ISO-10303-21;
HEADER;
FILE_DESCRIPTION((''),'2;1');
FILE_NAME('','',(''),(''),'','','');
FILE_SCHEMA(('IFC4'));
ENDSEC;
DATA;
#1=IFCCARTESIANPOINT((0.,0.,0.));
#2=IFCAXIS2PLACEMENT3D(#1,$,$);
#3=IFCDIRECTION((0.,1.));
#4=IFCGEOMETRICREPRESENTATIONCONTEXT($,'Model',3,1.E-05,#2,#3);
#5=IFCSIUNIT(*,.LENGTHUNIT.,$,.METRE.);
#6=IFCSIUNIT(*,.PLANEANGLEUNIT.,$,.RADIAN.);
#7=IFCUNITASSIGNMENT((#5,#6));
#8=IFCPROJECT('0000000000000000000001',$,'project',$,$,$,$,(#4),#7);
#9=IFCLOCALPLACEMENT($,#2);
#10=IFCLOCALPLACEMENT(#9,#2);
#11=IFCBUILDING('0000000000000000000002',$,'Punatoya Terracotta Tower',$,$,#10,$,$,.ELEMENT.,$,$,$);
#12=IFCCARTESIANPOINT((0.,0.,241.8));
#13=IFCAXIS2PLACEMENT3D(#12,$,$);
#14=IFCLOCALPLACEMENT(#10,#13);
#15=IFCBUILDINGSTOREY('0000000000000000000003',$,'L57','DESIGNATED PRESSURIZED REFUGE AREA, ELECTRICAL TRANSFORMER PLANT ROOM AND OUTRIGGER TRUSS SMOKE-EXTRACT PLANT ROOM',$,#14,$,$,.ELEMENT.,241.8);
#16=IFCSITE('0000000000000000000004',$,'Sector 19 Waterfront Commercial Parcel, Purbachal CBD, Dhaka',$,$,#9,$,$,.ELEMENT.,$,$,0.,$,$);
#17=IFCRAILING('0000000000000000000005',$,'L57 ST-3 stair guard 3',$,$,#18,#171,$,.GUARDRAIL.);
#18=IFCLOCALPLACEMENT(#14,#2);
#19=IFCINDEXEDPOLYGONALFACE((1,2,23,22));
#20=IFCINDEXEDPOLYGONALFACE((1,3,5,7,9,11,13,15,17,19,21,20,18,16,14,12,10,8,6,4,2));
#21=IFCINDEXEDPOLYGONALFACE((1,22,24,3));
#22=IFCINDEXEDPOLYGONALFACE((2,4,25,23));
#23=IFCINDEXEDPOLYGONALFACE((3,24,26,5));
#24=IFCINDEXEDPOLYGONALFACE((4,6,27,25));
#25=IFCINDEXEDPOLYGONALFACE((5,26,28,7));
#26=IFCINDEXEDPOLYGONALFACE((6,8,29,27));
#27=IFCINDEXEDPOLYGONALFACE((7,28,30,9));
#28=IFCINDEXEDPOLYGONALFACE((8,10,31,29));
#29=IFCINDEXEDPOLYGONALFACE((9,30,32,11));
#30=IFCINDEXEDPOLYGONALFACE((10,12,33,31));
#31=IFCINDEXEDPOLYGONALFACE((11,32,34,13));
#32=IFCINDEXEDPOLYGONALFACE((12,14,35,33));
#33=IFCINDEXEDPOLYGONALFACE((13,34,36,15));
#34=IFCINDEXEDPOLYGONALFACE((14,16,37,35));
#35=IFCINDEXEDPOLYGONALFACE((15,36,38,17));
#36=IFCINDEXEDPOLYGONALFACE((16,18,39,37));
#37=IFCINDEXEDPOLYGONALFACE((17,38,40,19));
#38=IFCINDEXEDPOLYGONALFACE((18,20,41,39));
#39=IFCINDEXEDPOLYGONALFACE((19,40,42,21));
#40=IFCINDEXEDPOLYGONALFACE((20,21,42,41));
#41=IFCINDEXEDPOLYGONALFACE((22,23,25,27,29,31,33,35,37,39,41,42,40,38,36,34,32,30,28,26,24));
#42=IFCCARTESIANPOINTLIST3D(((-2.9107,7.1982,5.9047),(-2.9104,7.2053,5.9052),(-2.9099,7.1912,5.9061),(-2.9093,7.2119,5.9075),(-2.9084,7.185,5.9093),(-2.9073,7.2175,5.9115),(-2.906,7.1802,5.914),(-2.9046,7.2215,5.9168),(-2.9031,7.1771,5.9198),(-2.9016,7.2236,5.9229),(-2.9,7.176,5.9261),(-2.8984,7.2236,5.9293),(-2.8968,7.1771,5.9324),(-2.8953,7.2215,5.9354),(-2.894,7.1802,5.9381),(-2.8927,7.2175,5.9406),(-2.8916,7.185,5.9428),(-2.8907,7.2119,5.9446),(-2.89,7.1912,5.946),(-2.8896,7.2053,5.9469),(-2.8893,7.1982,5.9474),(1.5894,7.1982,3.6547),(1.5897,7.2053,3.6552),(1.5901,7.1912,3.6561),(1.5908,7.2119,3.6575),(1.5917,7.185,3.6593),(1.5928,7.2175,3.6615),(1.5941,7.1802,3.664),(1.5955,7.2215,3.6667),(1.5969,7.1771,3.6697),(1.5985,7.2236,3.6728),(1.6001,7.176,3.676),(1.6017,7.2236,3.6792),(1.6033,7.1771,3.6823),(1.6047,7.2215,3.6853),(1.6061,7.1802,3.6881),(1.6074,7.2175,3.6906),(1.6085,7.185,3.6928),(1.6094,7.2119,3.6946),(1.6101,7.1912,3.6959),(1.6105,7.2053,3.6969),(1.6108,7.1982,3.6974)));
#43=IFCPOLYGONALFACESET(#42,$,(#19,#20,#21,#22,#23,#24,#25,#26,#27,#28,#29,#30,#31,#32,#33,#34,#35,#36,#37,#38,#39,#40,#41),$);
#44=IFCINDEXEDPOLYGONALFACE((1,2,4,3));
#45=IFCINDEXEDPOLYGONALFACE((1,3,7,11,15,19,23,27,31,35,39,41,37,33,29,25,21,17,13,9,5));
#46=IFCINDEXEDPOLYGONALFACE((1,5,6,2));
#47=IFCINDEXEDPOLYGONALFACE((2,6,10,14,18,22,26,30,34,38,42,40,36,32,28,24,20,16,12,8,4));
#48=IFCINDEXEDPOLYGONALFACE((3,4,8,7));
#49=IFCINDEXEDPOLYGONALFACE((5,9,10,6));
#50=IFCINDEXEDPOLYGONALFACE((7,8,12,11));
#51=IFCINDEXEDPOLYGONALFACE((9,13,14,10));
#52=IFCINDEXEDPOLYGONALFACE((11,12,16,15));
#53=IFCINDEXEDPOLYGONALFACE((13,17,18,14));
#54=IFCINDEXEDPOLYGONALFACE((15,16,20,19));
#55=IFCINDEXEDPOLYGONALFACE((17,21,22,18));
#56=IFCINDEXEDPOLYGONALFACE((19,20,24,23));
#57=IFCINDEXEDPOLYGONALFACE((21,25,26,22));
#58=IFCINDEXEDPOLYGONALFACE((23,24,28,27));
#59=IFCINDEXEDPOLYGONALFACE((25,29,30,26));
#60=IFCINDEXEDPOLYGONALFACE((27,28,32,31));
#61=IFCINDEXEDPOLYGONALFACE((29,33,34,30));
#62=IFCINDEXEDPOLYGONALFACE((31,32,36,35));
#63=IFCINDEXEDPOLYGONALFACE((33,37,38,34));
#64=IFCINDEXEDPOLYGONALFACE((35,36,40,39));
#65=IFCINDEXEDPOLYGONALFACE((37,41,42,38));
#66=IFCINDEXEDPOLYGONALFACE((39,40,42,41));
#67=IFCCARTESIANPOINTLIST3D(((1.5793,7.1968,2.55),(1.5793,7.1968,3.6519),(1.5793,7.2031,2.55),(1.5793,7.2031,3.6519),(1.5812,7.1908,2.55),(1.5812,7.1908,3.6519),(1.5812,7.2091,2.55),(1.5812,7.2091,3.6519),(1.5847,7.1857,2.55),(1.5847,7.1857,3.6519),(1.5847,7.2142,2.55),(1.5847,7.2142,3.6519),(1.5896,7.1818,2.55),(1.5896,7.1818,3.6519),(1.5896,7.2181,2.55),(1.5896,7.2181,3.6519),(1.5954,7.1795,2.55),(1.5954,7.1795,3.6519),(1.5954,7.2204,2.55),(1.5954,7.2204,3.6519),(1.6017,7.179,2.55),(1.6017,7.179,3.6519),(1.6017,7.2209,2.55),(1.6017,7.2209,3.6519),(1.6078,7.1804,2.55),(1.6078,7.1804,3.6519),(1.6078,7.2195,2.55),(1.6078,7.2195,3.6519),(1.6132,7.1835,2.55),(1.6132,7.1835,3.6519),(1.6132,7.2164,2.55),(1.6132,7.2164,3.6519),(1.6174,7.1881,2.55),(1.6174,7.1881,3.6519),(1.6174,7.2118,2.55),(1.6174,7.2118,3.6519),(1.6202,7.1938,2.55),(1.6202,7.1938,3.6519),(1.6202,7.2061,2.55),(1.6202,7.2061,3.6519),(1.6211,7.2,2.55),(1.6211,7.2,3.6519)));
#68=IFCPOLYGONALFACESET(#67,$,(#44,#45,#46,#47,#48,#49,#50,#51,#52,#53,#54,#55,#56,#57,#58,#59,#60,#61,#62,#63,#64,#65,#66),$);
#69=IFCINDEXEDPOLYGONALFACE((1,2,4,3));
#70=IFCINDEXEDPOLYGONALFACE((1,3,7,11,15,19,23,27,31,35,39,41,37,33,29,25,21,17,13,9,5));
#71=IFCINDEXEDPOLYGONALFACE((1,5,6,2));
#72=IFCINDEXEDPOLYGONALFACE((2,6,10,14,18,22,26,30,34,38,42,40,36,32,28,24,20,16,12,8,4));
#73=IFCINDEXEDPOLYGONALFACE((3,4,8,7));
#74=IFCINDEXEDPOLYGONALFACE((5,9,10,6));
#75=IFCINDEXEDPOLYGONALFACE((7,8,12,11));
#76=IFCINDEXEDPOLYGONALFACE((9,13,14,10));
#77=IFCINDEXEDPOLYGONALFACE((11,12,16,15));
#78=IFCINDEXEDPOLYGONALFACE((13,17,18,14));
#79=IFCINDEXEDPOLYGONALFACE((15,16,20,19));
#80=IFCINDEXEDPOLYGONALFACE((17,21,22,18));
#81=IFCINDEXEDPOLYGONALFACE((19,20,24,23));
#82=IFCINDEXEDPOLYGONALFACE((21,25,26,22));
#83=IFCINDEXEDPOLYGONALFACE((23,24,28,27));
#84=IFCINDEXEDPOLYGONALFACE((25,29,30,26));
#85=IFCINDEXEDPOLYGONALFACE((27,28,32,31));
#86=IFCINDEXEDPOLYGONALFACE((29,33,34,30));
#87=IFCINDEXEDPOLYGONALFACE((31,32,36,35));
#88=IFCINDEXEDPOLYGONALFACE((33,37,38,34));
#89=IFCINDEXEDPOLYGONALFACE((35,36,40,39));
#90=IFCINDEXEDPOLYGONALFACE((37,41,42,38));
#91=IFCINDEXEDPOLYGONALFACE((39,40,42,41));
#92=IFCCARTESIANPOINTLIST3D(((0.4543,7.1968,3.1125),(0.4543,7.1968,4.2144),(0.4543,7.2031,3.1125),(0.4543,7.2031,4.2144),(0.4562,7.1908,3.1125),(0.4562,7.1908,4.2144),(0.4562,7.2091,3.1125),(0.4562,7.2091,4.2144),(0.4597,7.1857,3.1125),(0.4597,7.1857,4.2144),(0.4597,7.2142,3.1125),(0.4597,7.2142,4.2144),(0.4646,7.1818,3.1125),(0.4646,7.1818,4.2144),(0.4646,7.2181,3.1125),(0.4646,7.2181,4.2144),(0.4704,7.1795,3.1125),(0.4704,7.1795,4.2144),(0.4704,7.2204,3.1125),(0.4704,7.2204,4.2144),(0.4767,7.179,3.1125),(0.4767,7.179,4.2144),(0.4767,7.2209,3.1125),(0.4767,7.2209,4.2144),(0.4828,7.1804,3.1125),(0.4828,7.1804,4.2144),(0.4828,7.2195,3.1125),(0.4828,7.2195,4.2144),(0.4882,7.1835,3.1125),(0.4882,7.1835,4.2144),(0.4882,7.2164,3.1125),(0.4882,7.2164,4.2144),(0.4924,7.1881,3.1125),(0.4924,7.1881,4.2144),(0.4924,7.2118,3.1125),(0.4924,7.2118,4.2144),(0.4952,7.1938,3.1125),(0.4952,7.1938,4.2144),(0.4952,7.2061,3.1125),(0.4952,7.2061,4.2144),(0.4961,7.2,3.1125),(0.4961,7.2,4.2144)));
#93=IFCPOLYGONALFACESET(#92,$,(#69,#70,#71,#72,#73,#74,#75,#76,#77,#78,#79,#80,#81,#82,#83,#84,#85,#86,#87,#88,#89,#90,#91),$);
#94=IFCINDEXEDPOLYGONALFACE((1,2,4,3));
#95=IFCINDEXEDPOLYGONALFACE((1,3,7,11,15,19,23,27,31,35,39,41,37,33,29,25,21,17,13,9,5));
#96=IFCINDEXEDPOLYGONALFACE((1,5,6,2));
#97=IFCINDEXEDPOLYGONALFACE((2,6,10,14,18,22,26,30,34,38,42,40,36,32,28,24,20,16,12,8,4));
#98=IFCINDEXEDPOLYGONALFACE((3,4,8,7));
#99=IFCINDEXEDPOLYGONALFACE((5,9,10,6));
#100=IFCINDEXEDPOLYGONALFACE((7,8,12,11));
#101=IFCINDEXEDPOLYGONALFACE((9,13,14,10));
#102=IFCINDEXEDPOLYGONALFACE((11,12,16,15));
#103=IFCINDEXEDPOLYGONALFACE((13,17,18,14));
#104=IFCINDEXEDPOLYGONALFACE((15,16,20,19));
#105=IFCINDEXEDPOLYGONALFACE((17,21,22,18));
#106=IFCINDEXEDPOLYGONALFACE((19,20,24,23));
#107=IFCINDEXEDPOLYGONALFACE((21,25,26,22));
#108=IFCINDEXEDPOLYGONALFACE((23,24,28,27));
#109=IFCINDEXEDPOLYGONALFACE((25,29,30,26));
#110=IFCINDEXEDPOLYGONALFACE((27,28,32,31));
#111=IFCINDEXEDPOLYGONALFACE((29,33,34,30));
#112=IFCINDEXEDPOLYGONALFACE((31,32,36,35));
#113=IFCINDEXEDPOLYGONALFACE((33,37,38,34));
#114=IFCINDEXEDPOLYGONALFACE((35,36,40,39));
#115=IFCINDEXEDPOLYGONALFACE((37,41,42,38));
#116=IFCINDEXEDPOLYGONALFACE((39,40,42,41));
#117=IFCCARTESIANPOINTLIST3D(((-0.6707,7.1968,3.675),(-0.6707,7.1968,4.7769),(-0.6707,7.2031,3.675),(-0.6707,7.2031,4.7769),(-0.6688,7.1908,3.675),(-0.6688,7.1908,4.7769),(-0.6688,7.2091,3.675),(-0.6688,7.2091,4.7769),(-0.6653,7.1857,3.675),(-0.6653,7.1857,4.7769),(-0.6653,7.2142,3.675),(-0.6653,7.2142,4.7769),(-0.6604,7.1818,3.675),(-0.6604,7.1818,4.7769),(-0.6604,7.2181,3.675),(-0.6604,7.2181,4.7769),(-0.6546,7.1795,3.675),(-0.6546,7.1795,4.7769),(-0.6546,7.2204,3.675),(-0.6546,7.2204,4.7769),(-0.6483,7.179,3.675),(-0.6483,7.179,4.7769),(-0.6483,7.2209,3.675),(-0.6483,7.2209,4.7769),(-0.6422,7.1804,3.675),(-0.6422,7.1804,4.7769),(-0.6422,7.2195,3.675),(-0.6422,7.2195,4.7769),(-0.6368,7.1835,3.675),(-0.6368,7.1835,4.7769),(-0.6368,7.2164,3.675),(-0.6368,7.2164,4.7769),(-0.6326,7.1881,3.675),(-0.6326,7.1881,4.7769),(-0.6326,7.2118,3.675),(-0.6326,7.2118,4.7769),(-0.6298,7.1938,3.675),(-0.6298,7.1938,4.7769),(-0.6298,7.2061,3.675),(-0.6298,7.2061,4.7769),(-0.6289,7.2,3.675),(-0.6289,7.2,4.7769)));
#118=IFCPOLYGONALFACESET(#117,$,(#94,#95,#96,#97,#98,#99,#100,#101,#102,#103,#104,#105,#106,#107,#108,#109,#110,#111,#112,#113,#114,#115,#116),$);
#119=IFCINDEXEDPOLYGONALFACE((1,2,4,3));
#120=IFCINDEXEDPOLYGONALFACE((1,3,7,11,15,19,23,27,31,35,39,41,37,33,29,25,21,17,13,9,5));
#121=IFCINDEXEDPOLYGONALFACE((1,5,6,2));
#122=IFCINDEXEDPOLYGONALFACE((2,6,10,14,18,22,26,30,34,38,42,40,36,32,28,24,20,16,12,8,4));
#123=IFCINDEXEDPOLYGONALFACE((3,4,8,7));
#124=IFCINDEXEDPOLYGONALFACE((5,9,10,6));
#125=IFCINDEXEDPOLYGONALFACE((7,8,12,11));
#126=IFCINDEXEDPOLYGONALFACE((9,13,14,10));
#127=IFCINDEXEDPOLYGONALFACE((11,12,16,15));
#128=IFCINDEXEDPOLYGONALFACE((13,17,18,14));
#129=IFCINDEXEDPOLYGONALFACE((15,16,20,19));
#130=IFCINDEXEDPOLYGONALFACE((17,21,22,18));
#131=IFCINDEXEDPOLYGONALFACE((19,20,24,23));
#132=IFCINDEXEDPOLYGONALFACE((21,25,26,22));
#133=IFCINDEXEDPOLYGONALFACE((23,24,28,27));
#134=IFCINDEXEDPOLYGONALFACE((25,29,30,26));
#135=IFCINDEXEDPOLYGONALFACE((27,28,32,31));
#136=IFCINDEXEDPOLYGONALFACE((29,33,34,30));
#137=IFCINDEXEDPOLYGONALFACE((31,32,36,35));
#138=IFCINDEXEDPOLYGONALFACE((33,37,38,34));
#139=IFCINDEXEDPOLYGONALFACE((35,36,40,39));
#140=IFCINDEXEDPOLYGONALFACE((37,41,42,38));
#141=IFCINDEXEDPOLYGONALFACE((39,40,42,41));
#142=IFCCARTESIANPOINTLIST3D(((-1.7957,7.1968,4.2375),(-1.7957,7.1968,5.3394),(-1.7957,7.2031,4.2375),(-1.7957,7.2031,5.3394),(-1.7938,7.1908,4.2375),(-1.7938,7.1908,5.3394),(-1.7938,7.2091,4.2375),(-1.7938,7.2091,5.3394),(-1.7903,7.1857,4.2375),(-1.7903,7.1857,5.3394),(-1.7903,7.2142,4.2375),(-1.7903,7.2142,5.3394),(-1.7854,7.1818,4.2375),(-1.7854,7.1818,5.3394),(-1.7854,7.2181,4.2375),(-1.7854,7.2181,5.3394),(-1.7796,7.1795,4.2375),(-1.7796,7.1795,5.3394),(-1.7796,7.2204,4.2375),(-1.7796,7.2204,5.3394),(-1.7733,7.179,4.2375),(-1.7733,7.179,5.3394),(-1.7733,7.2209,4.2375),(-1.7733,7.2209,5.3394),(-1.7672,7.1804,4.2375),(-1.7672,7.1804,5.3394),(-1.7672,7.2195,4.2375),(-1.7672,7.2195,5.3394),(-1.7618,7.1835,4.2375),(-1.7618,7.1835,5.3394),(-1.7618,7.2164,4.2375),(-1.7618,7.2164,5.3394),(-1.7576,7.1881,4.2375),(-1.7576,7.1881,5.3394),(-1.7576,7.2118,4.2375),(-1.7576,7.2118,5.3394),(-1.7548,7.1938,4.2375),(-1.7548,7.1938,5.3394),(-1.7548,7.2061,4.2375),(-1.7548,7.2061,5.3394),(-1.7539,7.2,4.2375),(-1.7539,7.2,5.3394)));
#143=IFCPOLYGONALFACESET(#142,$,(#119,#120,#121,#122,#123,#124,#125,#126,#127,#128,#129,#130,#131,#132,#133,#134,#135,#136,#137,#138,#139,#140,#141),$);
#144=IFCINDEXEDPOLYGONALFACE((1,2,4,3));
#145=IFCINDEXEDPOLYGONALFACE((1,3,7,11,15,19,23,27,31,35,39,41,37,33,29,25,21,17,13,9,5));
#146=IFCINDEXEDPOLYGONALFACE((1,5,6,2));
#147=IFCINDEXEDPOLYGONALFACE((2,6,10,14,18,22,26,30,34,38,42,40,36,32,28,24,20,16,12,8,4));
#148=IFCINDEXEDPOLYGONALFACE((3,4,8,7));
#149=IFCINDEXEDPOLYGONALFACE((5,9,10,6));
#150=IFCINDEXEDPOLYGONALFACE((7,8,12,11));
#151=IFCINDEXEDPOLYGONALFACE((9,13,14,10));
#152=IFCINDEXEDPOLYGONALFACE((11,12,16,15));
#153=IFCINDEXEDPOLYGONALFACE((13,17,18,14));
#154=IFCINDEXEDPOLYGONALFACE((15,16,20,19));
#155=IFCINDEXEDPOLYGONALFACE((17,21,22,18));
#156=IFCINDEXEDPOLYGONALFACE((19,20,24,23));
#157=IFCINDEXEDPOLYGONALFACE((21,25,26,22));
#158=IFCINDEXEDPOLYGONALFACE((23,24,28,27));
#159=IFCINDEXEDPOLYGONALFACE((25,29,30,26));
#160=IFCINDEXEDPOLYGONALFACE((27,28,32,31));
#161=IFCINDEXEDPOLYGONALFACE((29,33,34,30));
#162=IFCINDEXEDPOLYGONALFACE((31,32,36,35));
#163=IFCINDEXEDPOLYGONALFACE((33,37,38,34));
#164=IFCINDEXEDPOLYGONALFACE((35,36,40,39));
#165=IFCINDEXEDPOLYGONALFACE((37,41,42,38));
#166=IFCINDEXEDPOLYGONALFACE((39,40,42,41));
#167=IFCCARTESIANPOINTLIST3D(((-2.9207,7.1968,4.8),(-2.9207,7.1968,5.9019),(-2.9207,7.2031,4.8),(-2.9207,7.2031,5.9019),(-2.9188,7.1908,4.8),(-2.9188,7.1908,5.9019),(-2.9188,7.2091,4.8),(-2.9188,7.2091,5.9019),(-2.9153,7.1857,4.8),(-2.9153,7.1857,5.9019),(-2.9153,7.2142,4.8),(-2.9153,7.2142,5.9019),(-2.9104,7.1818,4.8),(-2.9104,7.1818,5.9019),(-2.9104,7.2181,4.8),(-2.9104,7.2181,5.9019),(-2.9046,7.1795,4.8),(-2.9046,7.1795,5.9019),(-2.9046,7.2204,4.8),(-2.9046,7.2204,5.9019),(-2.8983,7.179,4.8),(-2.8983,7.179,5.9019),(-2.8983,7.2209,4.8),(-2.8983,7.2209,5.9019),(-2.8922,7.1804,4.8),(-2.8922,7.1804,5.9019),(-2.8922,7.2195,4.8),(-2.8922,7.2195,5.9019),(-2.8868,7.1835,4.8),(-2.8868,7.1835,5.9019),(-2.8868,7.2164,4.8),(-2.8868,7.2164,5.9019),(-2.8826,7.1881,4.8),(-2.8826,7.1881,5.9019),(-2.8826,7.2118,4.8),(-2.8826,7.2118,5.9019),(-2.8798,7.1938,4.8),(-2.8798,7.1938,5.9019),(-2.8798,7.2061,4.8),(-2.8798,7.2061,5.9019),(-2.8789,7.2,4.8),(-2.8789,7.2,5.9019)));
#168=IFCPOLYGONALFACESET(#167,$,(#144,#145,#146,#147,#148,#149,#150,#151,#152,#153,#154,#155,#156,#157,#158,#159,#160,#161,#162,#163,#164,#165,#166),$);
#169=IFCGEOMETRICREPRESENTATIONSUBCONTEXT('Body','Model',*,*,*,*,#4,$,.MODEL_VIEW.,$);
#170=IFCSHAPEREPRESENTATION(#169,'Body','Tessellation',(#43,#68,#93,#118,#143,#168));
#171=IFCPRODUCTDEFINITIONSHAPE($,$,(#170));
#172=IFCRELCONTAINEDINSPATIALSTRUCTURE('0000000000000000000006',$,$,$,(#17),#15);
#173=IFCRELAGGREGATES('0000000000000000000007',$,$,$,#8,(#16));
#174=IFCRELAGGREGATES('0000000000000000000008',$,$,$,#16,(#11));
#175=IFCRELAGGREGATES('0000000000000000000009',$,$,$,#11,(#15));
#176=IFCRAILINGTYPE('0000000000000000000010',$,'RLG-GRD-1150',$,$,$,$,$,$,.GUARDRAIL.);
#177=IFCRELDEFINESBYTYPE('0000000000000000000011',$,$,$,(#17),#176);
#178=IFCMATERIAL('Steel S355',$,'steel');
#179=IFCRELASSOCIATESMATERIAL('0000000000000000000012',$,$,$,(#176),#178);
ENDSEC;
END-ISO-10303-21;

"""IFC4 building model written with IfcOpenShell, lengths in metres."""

from ifc_helpers import new_model, si_unit, direction, frame, origin, origin_2d, place, context, subcontext, project, spatial, circle, extrude, material, type_object, element, save


model = new_model("IFC4")

# Units and contexts
model_context = context("Model", 3, precision=1e-05, world=origin(), true_north=direction((0.0, 1.0)))
body_context = subcontext(model_context, "Body", "Model", "MODEL_VIEW")
ifc_project = project(units=[si_unit("LENGTHUNIT", "METRE"), si_unit("PLANEANGLEUNIT", "RADIAN")], contexts=[model_context])

# Site, building, storey
site_placement = place(None, origin())
site = spatial("IfcSite", under=ifc_project, at=site_placement, Name="Sector 19 Waterfront Commercial Parcel, Purbachal CBD, Dhaka", CompositionType="ELEMENT", RefElevation=0.0)
building_placement = place(site_placement, origin())
building = spatial("IfcBuilding", under=site, at=building_placement, Name="Punatoya Terracotta Tower", CompositionType="ELEMENT")
storey_placement = place(building_placement, frame((0.0, 0.0, 241.8)))
storey = spatial("IfcBuildingStorey", under=building, at=storey_placement, Name="L57", Description="DESIGNATED PRESSURIZED REFUGE AREA, ELECTRICAL TRANSFORMER PLANT ROOM AND OUTRIGGER TRUSS SMOKE-EXTRACT PLANT ROOM", CompositionType="ELEMENT", Elevation=241.8)

# Shared definitions
ifc_material_1 = material(Name="Steel S355", Category="steel")

# Railing
railing_type_1 = type_object("IfcRailingType", Name="RLG-GRD-1150", PredefinedType="GUARDRAIL", material=ifc_material_1)
railing_1_placement = place(storey_placement, frame((1.6001, 7.2, 2.55)))
element("IfcRailing", 1, at=railing_1_placement, inside=storey, type_object=railing_type_1, Name="L57 ST-3 stair guard 3", PredefinedType="GUARDRAIL", context=body_context, shape_type="SweptSolid", body=[
    extrude(circle(Radius=0.0239, at=origin_2d()), frame((0.0, 0.0, 1.126), z_axis=(-0.894427, 0.0, 0.447214), x_axis=(0.0, -1.0, 0.0)), (0.0, 0.0, 1.0), 5.0312),
    extrude(circle(Radius=0.021, at=origin_2d()), origin(), (0.0, 0.0, 1.0), 1.1018),
    extrude(circle(Radius=0.021, at=origin_2d()), frame((-1.125, 0.0, 0.5625)), (0.0, 0.0, 1.0), 1.1018),
    extrude(circle(Radius=0.021, at=origin_2d()), frame((-2.25, 0.0, 1.125)), (0.0, 0.0, 1.0), 1.1018),
    extrude(circle(Radius=0.021, at=origin_2d()), frame((-3.375, 0.0, 1.6875)), (0.0, 0.0, 1.0), 1.1018),
    extrude(circle(Radius=0.021, at=origin_2d()), frame((-4.5, 0.0, 2.25)), (0.0, 0.0, 1.0), 1.1018),
])

save(model, "model.ifc")
